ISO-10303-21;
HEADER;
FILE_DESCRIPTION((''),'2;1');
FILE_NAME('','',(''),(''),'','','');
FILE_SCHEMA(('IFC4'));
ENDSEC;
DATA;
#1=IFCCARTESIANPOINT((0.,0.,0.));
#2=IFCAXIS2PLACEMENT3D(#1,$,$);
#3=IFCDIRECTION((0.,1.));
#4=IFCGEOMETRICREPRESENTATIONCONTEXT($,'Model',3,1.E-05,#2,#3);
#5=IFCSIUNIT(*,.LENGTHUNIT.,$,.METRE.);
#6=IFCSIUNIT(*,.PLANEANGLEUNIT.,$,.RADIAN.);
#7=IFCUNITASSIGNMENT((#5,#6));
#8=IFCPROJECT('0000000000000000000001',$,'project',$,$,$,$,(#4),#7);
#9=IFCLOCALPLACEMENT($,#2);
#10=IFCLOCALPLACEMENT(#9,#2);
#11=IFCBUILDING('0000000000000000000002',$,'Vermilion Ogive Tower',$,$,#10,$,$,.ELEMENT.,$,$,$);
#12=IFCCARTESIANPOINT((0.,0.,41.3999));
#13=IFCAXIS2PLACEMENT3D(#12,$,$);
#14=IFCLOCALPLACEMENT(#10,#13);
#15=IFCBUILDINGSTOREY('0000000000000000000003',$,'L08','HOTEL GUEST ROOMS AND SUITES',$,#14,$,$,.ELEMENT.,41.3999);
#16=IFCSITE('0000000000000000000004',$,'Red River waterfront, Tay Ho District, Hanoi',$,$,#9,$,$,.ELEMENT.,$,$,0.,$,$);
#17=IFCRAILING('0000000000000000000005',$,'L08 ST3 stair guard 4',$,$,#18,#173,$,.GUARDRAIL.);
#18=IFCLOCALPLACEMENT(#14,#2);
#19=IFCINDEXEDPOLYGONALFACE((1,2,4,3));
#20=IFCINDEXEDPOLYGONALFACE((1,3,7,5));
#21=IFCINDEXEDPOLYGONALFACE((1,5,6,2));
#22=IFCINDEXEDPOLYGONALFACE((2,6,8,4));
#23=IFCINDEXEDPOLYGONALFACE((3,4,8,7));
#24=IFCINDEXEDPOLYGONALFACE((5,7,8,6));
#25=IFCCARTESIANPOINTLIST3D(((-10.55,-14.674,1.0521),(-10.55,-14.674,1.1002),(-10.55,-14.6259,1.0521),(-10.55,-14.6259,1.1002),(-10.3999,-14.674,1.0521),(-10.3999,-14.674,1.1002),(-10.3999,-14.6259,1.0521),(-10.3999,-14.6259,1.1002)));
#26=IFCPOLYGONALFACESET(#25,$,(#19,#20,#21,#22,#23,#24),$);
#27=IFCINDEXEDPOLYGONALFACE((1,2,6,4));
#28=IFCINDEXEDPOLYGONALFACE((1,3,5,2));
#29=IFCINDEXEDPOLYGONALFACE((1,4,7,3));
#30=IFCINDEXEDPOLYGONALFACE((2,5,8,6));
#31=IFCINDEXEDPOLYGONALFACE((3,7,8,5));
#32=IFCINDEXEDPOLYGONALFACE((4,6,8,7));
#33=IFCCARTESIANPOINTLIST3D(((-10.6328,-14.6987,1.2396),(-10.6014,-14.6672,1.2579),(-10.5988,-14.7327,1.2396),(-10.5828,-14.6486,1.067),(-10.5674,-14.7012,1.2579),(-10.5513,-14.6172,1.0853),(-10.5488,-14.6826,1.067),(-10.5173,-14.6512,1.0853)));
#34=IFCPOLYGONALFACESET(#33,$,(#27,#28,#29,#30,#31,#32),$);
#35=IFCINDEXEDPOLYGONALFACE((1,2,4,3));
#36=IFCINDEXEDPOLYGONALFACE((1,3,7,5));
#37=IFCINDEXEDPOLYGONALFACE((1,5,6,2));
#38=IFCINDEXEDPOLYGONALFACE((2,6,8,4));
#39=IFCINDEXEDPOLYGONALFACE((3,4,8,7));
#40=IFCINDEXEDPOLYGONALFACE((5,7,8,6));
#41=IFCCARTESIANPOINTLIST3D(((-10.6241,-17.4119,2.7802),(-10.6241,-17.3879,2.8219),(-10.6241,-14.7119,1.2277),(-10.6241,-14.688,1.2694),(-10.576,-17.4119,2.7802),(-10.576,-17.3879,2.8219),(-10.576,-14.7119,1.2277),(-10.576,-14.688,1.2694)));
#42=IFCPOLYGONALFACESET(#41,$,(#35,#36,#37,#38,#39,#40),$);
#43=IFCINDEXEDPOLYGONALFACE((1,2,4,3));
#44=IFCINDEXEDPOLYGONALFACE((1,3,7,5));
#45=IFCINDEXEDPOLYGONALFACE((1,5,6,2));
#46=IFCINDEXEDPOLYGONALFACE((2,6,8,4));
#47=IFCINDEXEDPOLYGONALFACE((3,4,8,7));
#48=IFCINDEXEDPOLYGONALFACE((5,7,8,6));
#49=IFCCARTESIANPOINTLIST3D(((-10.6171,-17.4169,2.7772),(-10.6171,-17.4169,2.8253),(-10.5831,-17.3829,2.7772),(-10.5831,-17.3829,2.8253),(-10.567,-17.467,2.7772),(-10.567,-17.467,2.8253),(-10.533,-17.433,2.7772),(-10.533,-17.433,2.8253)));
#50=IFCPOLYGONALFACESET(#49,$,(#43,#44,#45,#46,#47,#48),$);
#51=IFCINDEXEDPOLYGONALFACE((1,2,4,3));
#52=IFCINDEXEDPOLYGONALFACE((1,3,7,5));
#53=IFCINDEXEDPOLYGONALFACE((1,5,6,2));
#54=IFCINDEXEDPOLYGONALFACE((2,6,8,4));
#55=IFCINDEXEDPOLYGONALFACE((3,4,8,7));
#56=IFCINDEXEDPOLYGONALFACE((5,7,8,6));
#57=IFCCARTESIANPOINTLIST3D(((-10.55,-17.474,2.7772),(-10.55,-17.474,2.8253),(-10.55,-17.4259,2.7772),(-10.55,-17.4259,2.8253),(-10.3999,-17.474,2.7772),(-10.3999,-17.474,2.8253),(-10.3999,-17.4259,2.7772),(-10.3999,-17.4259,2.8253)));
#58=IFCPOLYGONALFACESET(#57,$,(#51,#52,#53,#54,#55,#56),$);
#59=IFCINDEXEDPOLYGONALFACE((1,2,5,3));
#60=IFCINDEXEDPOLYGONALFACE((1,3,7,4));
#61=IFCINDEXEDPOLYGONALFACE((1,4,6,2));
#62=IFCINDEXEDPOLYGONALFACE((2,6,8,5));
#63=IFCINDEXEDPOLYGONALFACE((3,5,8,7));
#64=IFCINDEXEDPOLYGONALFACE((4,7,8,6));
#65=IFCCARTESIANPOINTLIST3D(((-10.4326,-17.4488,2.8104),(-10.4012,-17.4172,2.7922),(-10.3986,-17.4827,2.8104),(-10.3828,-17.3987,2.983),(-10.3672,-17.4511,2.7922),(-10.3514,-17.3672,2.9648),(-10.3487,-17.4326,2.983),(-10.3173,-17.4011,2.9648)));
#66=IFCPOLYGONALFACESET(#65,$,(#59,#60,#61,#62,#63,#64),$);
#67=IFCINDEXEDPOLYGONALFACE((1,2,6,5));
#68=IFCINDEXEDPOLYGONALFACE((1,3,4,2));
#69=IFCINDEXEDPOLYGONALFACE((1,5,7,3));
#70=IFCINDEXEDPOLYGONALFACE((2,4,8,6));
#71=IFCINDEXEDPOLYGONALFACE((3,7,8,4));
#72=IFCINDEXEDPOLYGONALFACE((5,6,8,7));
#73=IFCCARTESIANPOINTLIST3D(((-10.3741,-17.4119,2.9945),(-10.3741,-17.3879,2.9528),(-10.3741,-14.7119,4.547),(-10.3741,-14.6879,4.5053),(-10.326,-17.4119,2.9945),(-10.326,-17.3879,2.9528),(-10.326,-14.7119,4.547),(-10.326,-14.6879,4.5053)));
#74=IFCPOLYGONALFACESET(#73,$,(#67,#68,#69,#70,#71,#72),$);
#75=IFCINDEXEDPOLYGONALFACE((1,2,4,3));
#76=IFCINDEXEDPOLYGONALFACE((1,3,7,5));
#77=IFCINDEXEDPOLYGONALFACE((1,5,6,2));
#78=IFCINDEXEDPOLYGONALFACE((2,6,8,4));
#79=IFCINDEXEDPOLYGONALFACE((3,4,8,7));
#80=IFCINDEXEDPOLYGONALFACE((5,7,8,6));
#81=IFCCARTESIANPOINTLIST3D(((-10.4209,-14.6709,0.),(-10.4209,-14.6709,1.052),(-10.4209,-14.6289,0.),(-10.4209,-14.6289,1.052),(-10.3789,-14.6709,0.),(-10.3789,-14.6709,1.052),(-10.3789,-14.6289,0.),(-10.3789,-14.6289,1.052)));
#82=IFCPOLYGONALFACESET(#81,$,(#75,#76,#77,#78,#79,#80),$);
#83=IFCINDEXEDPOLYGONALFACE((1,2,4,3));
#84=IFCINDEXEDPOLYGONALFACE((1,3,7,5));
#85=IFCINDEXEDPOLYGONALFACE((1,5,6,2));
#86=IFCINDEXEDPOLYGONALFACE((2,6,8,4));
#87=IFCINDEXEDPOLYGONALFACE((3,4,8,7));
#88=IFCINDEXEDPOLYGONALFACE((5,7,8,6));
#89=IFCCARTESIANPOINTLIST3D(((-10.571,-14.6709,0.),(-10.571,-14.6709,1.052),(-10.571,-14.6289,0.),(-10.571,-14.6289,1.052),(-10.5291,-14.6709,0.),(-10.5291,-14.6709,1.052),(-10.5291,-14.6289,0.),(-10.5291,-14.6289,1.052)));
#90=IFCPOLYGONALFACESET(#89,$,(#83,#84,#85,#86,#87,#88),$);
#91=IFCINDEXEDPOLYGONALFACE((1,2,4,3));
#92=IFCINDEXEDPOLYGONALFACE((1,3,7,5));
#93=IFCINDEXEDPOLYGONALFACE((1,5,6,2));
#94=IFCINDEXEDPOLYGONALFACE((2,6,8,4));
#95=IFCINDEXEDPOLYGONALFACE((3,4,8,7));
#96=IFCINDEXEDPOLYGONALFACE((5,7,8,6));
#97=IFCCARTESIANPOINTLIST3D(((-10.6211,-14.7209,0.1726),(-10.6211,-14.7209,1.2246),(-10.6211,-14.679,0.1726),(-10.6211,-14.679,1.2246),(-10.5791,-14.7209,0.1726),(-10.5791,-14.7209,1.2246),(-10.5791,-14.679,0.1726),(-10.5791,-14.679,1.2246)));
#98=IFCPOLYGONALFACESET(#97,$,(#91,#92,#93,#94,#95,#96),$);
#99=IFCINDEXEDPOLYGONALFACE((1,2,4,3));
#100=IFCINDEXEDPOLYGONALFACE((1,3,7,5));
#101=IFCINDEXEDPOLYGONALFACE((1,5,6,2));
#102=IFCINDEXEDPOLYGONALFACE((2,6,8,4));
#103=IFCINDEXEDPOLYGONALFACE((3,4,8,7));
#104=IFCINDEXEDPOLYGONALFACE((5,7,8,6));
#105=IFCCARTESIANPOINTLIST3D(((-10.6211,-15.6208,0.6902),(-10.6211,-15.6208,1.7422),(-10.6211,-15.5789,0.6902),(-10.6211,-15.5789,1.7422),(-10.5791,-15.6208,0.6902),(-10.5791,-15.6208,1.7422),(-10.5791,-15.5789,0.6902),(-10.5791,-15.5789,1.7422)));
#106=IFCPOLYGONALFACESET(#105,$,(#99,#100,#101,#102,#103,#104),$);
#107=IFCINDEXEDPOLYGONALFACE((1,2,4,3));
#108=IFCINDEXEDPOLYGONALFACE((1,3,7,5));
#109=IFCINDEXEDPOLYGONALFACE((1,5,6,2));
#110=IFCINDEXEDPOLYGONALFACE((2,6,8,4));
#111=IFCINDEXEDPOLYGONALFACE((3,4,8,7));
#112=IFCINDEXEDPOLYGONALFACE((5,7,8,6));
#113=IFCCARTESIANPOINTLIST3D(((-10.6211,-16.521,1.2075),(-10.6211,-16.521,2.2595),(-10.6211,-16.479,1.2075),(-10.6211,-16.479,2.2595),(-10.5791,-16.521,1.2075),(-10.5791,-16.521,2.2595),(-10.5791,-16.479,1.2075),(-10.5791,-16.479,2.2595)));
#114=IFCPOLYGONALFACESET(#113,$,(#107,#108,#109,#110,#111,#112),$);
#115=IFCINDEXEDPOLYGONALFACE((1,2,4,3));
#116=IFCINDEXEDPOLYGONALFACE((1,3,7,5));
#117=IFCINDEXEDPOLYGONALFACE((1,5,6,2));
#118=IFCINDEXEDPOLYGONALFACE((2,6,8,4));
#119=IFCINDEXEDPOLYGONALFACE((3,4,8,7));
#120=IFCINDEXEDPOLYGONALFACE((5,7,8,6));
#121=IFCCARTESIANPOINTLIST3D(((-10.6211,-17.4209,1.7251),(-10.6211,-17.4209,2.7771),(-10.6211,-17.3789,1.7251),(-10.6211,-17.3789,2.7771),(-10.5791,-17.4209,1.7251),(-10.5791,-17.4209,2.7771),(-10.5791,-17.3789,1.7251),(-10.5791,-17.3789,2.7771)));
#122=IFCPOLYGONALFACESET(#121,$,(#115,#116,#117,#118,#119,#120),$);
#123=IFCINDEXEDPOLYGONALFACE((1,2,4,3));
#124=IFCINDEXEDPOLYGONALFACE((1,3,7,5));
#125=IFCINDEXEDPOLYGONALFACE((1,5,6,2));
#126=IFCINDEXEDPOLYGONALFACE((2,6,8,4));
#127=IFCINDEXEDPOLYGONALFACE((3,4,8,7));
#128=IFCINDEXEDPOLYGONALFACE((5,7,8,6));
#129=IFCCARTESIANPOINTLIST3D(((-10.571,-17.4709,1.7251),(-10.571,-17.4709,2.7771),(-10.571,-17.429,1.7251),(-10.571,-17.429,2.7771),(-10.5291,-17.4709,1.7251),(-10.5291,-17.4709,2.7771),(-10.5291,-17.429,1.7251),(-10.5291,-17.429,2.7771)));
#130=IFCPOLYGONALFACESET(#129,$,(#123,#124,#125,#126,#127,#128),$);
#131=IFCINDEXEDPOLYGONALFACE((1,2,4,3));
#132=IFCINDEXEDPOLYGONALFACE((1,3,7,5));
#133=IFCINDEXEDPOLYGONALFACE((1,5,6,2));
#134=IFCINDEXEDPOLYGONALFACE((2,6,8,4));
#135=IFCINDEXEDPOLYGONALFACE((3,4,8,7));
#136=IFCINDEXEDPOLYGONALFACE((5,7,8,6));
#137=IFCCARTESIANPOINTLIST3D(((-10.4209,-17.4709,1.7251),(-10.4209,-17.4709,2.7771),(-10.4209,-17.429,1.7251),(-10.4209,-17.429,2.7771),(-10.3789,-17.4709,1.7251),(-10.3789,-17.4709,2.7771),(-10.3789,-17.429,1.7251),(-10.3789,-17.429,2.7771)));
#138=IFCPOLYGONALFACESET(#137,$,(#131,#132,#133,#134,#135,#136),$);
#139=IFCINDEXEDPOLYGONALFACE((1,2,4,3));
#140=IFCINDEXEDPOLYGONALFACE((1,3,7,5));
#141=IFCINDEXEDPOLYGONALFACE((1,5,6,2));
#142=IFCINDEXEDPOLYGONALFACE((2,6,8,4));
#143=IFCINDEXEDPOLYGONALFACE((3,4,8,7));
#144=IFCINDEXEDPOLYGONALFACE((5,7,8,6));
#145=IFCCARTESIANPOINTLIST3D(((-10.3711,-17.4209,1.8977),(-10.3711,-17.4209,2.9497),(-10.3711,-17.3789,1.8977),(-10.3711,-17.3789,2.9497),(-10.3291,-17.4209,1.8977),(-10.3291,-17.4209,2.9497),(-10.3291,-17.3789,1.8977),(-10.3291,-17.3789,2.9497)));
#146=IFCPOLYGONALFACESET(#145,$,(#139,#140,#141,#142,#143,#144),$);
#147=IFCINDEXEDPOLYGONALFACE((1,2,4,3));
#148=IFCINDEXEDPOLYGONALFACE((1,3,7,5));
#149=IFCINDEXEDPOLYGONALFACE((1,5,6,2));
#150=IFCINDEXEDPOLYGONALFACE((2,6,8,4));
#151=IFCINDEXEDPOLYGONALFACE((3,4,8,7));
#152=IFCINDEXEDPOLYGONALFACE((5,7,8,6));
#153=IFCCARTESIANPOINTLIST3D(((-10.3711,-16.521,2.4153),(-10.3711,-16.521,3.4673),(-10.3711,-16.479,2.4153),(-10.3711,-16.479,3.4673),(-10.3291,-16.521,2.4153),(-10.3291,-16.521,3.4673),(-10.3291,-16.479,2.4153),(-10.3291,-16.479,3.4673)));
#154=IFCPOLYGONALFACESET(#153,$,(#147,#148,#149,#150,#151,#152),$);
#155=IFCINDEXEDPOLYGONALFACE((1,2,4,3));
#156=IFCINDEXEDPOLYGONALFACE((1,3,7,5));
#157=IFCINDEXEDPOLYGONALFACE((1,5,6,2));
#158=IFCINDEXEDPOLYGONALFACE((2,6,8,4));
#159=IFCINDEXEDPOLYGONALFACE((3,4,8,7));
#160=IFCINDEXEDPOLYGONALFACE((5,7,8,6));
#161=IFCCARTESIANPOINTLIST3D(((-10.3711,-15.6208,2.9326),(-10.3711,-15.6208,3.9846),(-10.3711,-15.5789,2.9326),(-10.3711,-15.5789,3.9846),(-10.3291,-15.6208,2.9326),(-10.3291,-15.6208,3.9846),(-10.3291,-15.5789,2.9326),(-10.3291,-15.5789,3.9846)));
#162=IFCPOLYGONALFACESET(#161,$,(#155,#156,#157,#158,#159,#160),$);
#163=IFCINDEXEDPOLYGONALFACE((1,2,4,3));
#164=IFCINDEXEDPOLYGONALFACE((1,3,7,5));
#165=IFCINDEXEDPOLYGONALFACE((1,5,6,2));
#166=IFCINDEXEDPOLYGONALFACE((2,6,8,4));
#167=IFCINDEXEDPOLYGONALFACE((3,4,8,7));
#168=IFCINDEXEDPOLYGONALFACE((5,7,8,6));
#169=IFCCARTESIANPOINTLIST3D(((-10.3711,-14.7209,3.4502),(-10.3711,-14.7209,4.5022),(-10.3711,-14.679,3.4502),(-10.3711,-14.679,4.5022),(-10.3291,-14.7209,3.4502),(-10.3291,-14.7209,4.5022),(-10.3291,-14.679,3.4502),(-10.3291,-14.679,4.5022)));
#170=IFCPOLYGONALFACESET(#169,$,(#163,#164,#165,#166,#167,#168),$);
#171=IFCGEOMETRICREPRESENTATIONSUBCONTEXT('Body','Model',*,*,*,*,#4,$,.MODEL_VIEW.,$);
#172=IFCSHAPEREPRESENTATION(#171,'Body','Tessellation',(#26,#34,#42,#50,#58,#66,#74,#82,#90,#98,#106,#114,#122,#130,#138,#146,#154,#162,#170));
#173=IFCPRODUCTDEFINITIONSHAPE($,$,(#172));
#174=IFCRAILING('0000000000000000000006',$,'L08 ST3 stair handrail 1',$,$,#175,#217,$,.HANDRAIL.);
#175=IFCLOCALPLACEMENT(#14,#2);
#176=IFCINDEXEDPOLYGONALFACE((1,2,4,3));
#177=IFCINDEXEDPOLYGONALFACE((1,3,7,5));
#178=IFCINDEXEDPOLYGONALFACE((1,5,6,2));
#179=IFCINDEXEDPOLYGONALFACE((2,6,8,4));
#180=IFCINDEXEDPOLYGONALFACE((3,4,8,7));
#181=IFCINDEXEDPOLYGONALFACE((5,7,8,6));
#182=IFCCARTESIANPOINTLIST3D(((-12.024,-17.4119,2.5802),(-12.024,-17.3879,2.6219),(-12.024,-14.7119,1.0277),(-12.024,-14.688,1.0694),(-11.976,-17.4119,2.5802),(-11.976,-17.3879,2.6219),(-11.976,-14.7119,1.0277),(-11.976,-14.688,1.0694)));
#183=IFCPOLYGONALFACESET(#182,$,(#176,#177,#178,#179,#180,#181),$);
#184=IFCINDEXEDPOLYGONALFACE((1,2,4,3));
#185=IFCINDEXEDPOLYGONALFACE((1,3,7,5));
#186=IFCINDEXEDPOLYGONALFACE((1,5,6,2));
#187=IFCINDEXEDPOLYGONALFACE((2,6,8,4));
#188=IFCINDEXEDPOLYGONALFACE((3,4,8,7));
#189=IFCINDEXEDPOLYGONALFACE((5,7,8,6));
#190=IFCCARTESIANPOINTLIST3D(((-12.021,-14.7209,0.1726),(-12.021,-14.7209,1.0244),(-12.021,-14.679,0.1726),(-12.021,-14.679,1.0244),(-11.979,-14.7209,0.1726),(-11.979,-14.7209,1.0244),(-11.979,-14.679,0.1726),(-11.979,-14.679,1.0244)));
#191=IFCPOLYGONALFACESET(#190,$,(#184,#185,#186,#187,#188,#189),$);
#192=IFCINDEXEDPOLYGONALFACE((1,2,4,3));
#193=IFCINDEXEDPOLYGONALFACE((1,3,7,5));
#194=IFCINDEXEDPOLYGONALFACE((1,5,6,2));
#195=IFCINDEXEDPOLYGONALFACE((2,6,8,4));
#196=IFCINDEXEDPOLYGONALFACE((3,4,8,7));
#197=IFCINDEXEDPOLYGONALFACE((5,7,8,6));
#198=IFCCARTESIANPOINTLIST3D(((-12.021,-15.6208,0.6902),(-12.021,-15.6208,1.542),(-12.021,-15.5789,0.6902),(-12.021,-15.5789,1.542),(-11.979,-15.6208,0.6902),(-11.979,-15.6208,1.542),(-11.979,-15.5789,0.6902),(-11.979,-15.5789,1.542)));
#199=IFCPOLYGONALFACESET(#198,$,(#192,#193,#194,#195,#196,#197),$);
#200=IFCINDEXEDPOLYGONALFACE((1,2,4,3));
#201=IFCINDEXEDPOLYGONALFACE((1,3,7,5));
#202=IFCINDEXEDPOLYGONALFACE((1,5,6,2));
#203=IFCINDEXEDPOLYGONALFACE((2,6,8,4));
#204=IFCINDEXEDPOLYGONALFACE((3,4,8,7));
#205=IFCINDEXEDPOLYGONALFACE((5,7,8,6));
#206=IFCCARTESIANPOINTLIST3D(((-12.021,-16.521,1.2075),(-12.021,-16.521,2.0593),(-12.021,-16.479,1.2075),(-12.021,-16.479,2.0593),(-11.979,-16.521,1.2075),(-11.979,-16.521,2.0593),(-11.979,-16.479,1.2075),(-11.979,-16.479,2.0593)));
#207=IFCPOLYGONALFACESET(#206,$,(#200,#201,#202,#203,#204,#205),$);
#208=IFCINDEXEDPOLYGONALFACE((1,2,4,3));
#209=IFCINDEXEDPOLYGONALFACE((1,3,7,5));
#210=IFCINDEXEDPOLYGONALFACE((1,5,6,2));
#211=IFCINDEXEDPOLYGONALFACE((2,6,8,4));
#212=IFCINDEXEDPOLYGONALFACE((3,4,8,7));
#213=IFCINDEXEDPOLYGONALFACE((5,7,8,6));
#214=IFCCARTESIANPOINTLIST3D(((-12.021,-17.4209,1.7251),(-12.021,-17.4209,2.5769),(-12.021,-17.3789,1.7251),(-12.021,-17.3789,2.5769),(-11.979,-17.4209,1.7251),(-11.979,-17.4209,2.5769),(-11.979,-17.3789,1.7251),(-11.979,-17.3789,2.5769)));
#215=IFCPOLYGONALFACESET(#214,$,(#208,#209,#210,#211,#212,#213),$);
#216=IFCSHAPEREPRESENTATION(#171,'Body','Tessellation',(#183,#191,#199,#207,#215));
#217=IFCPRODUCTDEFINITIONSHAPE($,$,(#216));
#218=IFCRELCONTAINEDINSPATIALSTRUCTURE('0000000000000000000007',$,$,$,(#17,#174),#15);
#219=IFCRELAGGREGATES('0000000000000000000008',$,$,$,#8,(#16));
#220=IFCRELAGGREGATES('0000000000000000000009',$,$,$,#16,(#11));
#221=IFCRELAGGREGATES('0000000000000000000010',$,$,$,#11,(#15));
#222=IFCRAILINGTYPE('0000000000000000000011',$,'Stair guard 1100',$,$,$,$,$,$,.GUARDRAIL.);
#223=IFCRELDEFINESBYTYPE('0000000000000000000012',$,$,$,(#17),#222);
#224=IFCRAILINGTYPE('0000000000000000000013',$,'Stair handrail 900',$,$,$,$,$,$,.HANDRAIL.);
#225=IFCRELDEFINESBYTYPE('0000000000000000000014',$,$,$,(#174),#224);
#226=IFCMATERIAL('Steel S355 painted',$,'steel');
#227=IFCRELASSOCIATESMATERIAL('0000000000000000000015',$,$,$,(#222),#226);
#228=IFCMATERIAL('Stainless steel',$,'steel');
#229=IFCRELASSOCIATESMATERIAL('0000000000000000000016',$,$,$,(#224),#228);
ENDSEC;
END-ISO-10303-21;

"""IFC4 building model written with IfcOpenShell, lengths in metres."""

from ifc_helpers import new_model, si_unit, direction, frame, origin, origin_2d, place, context, subcontext, project, spatial, rectangle, extrude, material, type_object, element, save


model = new_model("IFC4")

# Units and contexts
model_context = context("Model", 3, precision=1e-05, world=origin(), true_north=direction((0.0, 1.0)))
body_context = subcontext(model_context, "Body", "Model", "MODEL_VIEW")
ifc_project = project(units=[si_unit("LENGTHUNIT", "METRE"), si_unit("PLANEANGLEUNIT", "RADIAN")], contexts=[model_context])

# Site, building, storey
site_placement = place(None, origin())
site = spatial("IfcSite", under=ifc_project, at=site_placement, Name="Red River waterfront, Tay Ho District, Hanoi", CompositionType="ELEMENT", RefElevation=0.0)
building_placement = place(site_placement, origin())
building = spatial("IfcBuilding", under=site, at=building_placement, Name="Vermilion Ogive Tower", CompositionType="ELEMENT")
storey_placement = place(building_placement, frame((0.0, 0.0, 41.3999)))
storey = spatial("IfcBuildingStorey", under=building, at=storey_placement, Name="L08", Description="HOTEL GUEST ROOMS AND SUITES", CompositionType="ELEMENT", Elevation=41.3999)

# Railings
ifc_material_1 = material(Name="Steel S355 painted", Category="steel")
railing_type_1 = type_object("IfcRailingType", Name="Stair guard 1100", PredefinedType="GUARDRAIL", material=ifc_material_1)
railing_1_placement = place(storey_placement, frame((-10.3999, -14.6499, 0.0)))
element("IfcRailing", 1, at=railing_1_placement, inside=storey, type_object=railing_type_1, Name="L08 ST3 stair guard 4", PredefinedType="GUARDRAIL", context=body_context, shape_type="SweptSolid", body=[
    extrude(rectangle(XDim=0.0481, YDim=0.0481, at=origin_2d()), frame((0.0, 0.0, 1.0762), z_axis=(-1.0, 0.0, 0.0), x_axis=(0.0, -1.0, 0.0)), (0.0, 0.0, 1.0), 0.1501),
    extrude(rectangle(XDim=0.0481, YDim=0.0481, at=origin_2d()), frame((-0.1501, 0.0, 1.0762), z_axis=(-0.268278, -0.268278, 0.925232), x_axis=(0.707107, -0.707107, 0.0)), (0.0, 0.0, 1.0), 0.1865),
    extrude(rectangle(XDim=0.0481, YDim=0.0481, at=origin_2d()), frame((-0.2002, -0.05, 1.2485), z_axis=(0.0, -0.866904, 0.498476), x_axis=(1.0, 0.0, 0.0)), (0.0, 0.0, 1.0), 3.1145),
    extrude(rectangle(XDim=0.0481, YDim=0.0481, at=origin_2d()), frame((-0.2002, -2.75, 2.8013), z_axis=(0.707107, -0.707107, 0.0), x_axis=(0.707107, 0.707107, 0.0)), (0.0, 0.0, 1.0), 0.0708),
    extrude(rectangle(XDim=0.0481, YDim=0.0481, at=origin_2d()), frame((-0.1501, -2.8, 2.8013), z_axis=(1.0, 0.0, 0.0), x_axis=(0.0, 1.0, 0.0)), (0.0, 0.0, 1.0), 0.1501),
    extrude(rectangle(XDim=0.0481, YDim=0.0481, at=origin_2d()), frame((0.0, -2.8, 2.8013), z_axis=(0.267063, 0.268372, 0.925556), x_axis=(-0.708834, 0.705376, 0.0)), (0.0, 0.0, 1.0), 0.1865),
    extrude(rectangle(XDim=0.0481, YDim=0.0481, at=origin_2d()), frame((0.0498, -2.75, 2.9736), z_axis=(0.0, 0.866904, 0.498476), x_axis=(-1.0, 0.0, 0.0)), (0.0, 0.0, 1.0), 3.1145),
    extrude(rectangle(XDim=0.042, YDim=0.042, at=origin_2d()), origin(), (0.0, 0.0, 1.0), 1.052),
    extrude(rectangle(XDim=0.042, YDim=0.042, at=origin_2d()), frame((-0.1501, 0.0, 0.0)), (0.0, 0.0, 1.0), 1.052),
    extrude(rectangle(XDim=0.042, YDim=0.042, at=origin_2d()), frame((-0.2002, -0.05, 0.1726)), (0.0, 0.0, 1.0), 1.052),
    extrude(rectangle(XDim=0.042, YDim=0.042, at=origin_2d()), frame((-0.2002, -0.95, 0.6902)), (0.0, 0.0, 1.0), 1.052),
    extrude(rectangle(XDim=0.042, YDim=0.042, at=origin_2d()), frame((-0.2002, -1.8501, 1.2075)), (0.0, 0.0, 1.0), 1.052),
    extrude(rectangle(XDim=0.042, YDim=0.042, at=origin_2d()), frame((-0.2002, -2.75, 1.7251)), (0.0, 0.0, 1.0), 1.052),
    extrude(rectangle(XDim=0.042, YDim=0.042, at=origin_2d()), frame((-0.1501, -2.8, 1.7251)), (0.0, 0.0, 1.0), 1.052),
    extrude(rectangle(XDim=0.042, YDim=0.042, at=origin_2d()), frame((0.0, -2.8, 1.7251)), (0.0, 0.0, 1.0), 1.052),
    extrude(rectangle(XDim=0.042, YDim=0.042, at=origin_2d()), frame((0.0498, -2.75, 1.8977)), (0.0, 0.0, 1.0), 1.052),
    extrude(rectangle(XDim=0.042, YDim=0.042, at=origin_2d()), frame((0.0498, -1.8501, 2.4153)), (0.0, 0.0, 1.0), 1.052),
    extrude(rectangle(XDim=0.042, YDim=0.042, at=origin_2d()), frame((0.0498, -0.95, 2.9326)), (0.0, 0.0, 1.0), 1.052),
    extrude(rectangle(XDim=0.042, YDim=0.042, at=origin_2d()), frame((0.0498, -0.05, 3.4502)), (0.0, 0.0, 1.0), 1.052),
])
ifc_material_2 = material(Name="Stainless steel", Category="steel")
railing_type_2 = type_object("IfcRailingType", Name="Stair handrail 900", PredefinedType="HANDRAIL", material=ifc_material_2)
railing_2_placement = place(storey_placement, frame((-12.0, -14.7, 0.1726)))
element("IfcRailing", 2, at=railing_2_placement, inside=storey, type_object=railing_type_2, Name="L08 ST3 stair handrail 1", PredefinedType="HANDRAIL", context=body_context, shape_type="SweptSolid", body=[
    extrude(rectangle(XDim=0.0481, YDim=0.0481, at=origin_2d()), frame((0.0, 0.0, 0.876), z_axis=(0.0, -0.866904, 0.498476), x_axis=(1.0, 0.0, 0.0)), (0.0, 0.0, 1.0), 3.1145),
    extrude(rectangle(XDim=0.042, YDim=0.042, at=origin_2d()), origin(), (0.0, 0.0, 1.0), 0.8518),
    extrude(rectangle(XDim=0.042, YDim=0.042, at=origin_2d()), frame((0.0, -0.8999, 0.5176)), (0.0, 0.0, 1.0), 0.8518),
    extrude(rectangle(XDim=0.042, YDim=0.042, at=origin_2d()), frame((0.0, -1.8, 1.0349)), (0.0, 0.0, 1.0), 0.8518),
    extrude(rectangle(XDim=0.042, YDim=0.042, at=origin_2d()), frame((0.0, -2.7, 1.5525)), (0.0, 0.0, 1.0), 0.8518),
])

save(model, "model.ifc")
